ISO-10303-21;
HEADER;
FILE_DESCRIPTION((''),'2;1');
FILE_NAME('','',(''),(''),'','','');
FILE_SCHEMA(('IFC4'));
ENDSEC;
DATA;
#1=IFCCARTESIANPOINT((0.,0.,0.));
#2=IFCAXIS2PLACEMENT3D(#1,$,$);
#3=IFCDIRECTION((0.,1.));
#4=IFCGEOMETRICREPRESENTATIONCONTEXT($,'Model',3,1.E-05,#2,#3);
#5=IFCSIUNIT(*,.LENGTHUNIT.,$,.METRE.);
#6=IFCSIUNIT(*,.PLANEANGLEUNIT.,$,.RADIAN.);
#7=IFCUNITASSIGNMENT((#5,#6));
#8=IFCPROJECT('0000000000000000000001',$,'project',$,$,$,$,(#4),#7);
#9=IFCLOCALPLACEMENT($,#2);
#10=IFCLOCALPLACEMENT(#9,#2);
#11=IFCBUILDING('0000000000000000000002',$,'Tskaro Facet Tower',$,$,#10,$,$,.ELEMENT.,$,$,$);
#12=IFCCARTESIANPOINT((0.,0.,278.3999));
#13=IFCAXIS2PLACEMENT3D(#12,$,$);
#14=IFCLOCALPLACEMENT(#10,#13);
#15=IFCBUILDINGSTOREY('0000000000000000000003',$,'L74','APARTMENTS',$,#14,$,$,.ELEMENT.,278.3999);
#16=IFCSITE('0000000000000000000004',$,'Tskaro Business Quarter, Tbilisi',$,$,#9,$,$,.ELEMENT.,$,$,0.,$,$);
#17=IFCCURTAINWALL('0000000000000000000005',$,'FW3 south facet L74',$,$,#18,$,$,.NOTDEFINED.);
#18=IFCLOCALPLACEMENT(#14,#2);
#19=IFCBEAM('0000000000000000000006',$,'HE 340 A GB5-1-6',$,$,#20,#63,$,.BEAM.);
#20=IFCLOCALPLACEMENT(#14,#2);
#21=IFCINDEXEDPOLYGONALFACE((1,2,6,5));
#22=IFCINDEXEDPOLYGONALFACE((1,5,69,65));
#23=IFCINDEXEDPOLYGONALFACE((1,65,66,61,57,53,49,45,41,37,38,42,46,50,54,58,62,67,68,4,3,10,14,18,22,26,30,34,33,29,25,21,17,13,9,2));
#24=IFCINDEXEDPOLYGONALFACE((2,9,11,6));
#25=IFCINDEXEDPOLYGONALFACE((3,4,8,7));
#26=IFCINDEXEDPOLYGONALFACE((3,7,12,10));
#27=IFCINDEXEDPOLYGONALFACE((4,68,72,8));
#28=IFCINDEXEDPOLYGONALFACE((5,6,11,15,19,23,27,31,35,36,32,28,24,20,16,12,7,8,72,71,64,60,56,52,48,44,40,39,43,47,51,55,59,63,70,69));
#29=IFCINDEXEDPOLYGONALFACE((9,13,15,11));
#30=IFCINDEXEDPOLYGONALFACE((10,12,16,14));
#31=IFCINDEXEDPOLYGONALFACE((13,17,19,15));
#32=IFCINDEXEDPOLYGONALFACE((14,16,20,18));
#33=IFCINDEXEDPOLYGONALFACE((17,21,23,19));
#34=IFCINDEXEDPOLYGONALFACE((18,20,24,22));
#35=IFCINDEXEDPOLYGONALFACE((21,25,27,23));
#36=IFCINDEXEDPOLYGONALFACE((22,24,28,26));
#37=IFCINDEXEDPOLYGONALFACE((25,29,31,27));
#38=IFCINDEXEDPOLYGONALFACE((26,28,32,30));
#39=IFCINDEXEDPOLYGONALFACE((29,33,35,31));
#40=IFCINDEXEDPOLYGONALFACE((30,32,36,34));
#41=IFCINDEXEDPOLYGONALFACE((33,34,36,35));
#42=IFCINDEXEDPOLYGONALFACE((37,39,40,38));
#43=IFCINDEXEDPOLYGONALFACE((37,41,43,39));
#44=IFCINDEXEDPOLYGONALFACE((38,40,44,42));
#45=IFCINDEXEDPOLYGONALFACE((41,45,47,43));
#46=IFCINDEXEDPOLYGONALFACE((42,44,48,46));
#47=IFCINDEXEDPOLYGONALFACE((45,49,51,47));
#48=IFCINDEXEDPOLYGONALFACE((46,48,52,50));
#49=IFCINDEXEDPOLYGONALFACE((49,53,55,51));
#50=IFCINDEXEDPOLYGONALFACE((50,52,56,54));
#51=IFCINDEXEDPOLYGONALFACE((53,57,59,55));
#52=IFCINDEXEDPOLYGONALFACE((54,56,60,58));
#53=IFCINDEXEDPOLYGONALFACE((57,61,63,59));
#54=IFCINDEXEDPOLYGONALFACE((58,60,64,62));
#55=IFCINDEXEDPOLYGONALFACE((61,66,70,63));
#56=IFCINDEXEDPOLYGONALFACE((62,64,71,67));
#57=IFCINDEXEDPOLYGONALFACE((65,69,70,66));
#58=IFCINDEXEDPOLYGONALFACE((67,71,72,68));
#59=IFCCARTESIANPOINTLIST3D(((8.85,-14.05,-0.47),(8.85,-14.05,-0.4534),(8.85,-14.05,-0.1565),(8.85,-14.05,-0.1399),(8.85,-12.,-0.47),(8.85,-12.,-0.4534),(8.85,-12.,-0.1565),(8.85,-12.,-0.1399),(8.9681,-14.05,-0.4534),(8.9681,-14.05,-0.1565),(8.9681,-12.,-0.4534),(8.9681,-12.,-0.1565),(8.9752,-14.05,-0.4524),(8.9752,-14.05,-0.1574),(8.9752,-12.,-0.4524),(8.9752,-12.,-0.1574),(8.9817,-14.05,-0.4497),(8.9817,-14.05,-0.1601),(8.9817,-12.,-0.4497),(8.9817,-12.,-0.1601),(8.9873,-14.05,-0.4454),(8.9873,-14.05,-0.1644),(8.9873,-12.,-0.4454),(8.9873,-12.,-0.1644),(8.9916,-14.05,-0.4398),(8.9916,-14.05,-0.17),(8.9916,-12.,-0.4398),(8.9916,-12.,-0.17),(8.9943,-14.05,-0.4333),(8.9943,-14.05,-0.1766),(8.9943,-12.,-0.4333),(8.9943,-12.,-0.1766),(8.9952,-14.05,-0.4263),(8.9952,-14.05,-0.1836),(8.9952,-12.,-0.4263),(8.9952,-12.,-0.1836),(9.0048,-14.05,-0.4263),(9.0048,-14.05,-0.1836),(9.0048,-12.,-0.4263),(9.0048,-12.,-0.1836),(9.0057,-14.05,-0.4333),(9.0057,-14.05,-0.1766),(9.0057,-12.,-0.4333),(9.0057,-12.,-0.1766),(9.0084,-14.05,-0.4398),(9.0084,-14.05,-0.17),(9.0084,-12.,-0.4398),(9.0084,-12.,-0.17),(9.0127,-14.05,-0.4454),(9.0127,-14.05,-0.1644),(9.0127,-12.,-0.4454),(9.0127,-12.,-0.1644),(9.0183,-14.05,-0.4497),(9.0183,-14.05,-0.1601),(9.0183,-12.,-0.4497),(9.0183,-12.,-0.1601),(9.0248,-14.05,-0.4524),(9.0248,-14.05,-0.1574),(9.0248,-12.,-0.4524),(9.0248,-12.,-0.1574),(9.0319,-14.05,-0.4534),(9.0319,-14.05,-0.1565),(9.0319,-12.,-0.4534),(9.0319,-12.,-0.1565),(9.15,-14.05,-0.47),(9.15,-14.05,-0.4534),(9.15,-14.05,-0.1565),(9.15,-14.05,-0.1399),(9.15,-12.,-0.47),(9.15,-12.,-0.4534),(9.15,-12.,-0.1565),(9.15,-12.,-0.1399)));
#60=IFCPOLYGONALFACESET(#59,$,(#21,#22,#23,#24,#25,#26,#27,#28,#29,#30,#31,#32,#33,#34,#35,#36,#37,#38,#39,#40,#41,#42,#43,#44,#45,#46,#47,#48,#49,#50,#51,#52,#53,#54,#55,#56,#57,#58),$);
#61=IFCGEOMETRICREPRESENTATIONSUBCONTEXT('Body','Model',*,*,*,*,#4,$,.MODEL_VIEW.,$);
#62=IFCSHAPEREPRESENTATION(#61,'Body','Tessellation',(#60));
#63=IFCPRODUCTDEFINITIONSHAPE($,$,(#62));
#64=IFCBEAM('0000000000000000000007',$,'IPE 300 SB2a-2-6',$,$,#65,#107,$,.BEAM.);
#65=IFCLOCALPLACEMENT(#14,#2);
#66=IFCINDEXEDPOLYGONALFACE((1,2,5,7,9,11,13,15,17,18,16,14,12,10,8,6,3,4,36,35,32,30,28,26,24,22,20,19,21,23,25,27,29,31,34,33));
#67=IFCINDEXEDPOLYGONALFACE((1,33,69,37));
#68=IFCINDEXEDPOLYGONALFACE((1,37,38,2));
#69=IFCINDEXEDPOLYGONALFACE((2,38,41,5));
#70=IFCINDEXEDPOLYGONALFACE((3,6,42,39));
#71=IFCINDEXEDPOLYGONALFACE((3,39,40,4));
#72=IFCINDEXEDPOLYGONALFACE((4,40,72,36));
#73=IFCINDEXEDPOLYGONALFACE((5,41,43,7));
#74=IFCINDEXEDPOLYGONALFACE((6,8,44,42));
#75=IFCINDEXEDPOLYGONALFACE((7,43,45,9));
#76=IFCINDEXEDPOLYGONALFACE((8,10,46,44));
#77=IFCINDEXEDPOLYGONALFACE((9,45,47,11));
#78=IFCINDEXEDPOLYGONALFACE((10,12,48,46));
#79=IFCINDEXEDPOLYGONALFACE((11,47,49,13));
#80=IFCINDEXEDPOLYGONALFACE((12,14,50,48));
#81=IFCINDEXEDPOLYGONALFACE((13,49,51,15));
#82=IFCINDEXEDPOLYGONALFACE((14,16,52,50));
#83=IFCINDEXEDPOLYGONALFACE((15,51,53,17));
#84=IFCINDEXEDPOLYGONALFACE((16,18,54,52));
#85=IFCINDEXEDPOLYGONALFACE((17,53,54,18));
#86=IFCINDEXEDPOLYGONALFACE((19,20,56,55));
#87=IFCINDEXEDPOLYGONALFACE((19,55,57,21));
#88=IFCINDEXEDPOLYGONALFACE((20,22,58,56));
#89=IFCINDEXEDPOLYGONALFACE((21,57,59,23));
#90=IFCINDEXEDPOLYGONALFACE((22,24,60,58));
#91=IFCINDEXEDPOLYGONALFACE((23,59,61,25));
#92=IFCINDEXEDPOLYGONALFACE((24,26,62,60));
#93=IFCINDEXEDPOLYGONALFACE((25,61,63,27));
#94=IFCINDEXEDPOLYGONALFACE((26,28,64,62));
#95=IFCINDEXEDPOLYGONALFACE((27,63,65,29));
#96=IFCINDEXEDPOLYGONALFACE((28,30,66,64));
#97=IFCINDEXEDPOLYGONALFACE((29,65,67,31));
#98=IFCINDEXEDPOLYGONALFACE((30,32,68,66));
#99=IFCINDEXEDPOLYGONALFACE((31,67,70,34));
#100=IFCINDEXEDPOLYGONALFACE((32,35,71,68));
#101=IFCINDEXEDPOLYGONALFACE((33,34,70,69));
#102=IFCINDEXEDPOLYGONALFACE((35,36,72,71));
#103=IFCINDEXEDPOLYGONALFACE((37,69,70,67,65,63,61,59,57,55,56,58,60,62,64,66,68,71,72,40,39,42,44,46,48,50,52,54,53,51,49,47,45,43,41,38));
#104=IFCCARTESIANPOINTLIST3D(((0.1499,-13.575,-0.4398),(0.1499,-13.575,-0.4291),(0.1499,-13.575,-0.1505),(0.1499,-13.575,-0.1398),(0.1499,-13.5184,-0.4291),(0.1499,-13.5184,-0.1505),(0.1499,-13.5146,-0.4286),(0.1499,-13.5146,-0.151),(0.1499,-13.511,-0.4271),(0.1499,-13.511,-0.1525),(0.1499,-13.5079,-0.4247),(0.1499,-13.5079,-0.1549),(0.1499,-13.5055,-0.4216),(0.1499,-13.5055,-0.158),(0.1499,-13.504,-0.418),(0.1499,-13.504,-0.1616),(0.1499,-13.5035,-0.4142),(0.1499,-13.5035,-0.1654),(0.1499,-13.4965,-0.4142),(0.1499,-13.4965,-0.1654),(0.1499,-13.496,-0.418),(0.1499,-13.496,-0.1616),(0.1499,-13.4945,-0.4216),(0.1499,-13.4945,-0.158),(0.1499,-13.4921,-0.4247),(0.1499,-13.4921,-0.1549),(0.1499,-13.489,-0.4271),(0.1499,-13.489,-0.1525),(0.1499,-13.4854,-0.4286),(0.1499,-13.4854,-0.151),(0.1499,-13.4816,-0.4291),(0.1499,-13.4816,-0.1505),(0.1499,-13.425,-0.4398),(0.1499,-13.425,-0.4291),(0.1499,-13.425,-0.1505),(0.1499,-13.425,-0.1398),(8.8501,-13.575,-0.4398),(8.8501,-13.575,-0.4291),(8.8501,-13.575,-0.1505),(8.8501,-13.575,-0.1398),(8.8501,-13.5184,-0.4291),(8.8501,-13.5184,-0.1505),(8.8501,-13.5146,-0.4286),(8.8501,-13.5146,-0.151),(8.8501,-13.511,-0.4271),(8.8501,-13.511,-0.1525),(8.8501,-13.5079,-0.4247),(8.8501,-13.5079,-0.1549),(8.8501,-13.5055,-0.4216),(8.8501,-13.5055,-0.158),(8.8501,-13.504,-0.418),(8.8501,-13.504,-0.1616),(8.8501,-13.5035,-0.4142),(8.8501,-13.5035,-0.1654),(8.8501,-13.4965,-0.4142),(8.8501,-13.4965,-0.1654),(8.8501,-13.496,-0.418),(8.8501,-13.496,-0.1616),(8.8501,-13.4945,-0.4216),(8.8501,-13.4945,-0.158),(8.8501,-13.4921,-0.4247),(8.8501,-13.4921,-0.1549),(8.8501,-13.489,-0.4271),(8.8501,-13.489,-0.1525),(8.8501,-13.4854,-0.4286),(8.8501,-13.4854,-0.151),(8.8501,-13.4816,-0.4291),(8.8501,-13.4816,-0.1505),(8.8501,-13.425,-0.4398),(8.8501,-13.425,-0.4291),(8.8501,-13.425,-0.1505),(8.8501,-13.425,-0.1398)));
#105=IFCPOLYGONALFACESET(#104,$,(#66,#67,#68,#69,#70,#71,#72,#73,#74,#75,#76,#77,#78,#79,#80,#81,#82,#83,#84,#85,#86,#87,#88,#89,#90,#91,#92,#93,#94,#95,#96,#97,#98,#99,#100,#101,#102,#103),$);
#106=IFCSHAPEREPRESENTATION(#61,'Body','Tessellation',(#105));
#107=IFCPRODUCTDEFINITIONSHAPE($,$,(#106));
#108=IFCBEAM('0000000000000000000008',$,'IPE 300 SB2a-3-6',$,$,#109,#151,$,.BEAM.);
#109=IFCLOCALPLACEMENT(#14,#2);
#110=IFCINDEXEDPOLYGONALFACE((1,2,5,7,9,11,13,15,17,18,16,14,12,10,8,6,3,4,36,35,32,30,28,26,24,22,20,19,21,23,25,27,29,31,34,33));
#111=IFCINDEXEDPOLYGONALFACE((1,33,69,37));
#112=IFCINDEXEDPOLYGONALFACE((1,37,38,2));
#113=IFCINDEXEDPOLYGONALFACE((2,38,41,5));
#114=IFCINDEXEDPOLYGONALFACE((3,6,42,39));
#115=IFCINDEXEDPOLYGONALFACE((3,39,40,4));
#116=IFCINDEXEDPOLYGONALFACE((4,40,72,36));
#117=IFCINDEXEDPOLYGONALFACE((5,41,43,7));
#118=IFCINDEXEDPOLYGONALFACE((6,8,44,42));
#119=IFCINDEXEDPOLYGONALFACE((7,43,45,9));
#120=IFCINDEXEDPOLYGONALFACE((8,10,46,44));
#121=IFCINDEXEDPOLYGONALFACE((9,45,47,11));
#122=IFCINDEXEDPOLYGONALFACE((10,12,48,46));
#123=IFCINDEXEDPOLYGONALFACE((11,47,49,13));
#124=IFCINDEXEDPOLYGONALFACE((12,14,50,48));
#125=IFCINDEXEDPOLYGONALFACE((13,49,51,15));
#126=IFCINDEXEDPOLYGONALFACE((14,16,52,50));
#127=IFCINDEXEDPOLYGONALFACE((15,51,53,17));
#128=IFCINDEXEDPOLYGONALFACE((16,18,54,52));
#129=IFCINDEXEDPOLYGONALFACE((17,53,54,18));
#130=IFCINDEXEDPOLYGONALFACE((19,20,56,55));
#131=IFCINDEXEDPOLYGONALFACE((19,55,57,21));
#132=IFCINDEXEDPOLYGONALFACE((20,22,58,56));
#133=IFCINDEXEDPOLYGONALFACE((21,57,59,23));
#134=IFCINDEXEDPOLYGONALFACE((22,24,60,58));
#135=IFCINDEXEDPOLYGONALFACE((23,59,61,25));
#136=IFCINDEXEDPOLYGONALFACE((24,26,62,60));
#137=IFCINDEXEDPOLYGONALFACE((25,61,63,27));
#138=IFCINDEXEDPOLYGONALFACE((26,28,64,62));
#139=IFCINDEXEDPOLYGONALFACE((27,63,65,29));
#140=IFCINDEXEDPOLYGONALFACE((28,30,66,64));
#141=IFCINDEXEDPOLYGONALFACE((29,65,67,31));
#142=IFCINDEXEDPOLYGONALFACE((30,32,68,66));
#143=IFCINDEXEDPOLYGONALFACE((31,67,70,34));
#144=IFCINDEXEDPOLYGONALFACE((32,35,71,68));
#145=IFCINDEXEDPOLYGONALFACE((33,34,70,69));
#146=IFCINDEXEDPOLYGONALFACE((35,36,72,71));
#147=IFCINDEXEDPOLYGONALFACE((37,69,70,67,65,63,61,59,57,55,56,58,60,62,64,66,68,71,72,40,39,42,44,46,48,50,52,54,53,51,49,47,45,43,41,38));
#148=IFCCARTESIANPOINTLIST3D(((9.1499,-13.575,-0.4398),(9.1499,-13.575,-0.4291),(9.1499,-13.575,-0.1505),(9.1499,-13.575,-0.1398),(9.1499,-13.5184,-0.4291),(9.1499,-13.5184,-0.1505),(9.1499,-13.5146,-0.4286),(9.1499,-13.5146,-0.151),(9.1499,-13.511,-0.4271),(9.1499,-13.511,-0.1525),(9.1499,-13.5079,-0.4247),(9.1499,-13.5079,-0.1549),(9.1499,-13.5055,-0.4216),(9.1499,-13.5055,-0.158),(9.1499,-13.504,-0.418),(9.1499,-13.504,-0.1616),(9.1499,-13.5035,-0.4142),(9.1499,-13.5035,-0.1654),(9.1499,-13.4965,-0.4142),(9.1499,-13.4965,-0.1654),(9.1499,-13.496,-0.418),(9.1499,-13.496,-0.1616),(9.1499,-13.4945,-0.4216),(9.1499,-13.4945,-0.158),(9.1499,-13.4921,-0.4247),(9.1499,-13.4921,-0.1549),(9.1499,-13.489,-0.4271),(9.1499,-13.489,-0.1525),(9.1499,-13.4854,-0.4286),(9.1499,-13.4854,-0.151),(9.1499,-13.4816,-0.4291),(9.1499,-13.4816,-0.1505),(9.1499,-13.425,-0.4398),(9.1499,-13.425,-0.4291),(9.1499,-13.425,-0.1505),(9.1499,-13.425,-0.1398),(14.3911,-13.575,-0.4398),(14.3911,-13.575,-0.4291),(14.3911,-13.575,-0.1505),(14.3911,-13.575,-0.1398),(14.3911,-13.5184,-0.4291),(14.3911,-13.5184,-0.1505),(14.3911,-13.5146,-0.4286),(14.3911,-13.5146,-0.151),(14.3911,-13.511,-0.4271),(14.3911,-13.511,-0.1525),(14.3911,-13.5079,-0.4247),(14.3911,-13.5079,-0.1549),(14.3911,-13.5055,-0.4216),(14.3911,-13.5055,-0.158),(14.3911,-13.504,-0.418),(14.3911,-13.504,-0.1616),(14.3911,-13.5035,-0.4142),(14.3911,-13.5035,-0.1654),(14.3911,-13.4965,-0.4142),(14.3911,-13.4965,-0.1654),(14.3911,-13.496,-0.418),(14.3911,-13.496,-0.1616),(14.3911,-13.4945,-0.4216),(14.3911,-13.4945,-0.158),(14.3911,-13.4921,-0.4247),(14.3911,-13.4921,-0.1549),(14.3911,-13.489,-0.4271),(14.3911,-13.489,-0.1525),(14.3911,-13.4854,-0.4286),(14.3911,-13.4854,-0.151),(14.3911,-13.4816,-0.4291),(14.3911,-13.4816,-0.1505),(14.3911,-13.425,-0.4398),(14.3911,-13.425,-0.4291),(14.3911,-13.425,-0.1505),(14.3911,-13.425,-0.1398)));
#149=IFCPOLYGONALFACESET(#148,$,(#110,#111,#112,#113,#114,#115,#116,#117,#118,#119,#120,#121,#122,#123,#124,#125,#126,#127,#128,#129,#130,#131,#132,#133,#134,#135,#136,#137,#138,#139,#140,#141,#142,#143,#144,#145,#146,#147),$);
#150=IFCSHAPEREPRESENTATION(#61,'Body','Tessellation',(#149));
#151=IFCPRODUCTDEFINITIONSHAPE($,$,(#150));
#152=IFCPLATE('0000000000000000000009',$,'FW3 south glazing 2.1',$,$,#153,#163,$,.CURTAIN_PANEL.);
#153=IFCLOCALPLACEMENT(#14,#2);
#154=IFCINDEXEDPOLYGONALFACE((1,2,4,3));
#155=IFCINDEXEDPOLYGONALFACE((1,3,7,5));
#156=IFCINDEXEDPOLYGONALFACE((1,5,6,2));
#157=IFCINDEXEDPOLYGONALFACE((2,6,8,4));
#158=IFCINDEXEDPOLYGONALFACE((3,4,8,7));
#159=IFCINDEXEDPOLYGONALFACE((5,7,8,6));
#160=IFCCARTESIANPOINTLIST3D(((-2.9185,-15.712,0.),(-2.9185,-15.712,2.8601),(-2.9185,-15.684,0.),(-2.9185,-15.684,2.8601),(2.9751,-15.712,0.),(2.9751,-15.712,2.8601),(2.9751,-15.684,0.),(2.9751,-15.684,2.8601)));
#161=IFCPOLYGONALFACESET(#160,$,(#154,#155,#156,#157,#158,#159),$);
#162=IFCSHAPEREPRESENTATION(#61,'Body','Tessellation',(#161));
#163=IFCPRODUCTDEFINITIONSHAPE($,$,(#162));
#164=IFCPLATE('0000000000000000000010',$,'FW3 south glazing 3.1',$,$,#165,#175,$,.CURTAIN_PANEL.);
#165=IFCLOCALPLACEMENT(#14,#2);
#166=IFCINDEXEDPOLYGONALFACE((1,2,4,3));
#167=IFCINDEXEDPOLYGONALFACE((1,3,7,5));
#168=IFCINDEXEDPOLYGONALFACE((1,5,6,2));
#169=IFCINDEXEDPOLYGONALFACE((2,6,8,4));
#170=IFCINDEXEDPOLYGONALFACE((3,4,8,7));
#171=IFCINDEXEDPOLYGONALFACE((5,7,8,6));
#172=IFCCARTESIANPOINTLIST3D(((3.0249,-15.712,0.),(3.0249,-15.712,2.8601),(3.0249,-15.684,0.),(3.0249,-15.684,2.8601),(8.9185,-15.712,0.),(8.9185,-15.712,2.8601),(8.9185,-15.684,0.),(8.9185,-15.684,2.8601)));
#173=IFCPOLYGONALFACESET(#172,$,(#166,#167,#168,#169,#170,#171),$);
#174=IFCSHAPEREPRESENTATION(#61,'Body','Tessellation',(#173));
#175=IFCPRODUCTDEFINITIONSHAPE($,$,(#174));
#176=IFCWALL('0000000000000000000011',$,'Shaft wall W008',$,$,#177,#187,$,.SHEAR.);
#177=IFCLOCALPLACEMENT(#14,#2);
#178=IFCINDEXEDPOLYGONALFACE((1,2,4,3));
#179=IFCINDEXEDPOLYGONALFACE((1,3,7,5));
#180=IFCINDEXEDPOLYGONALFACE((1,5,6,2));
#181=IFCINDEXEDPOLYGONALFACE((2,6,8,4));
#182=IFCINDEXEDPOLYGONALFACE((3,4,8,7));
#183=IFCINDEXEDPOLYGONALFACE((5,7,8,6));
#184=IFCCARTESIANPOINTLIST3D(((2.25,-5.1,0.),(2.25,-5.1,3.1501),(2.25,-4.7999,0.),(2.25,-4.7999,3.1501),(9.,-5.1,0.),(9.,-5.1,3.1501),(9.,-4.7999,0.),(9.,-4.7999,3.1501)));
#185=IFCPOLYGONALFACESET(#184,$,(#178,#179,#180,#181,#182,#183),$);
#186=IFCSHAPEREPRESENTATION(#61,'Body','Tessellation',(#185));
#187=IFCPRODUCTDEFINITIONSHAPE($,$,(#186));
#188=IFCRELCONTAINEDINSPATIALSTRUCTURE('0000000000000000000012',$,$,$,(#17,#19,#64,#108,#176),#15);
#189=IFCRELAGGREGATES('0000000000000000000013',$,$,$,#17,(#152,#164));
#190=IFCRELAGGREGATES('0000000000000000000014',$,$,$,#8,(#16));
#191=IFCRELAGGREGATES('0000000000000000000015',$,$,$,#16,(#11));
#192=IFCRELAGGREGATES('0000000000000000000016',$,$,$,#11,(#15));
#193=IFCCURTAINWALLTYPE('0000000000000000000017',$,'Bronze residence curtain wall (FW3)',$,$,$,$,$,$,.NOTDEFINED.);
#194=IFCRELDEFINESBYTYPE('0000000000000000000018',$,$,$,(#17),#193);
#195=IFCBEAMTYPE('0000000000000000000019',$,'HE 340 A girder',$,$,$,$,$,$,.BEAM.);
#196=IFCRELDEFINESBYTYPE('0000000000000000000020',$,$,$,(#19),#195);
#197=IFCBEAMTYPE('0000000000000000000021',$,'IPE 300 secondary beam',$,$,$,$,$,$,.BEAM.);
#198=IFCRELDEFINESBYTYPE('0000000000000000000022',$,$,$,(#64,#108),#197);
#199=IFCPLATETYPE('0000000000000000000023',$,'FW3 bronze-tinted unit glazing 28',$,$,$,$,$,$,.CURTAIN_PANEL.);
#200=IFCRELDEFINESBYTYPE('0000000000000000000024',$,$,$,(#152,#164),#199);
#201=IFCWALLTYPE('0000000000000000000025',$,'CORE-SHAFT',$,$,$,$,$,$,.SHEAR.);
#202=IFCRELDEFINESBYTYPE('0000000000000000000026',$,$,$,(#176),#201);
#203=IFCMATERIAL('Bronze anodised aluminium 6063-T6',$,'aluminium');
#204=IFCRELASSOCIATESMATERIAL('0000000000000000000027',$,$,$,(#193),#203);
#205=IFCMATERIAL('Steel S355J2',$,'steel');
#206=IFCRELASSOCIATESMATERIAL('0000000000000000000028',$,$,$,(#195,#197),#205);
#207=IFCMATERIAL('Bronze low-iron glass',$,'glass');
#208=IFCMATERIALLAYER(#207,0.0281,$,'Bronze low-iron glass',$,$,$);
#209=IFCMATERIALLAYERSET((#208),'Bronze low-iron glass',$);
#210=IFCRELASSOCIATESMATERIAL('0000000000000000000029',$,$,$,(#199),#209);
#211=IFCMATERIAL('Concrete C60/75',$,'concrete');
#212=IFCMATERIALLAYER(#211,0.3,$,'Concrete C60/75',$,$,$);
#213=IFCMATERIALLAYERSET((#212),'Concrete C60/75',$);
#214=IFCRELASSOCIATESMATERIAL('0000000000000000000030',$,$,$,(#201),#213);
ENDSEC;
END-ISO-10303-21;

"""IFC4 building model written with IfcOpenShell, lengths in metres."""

from ifc_helpers import new_model, si_unit, direction, frame, frame_2d, origin, origin_2d, place, context, subcontext, project, spatial, rectangle, i_section, extrude, material, layer, layer_set, material_profile, profile_set, type_object, element, aggregate, save


model = new_model("IFC4")

# Units and contexts
model_context = context("Model", 3, precision=1e-05, world=origin(), true_north=direction((0.0, 1.0)))
body_context = subcontext(model_context, "Body", "Model", "MODEL_VIEW")
ifc_project = project(units=[si_unit("LENGTHUNIT", "METRE"), si_unit("PLANEANGLEUNIT", "RADIAN")], contexts=[model_context])

# Site, building, storey
site_placement = place(None, origin())
site = spatial("IfcSite", under=ifc_project, at=site_placement, Name="Tskaro Business Quarter, Tbilisi", CompositionType="ELEMENT", RefElevation=0.0)
building_placement = place(site_placement, origin())
building = spatial("IfcBuilding", under=site, at=building_placement, Name="Tskaro Facet Tower", CompositionType="ELEMENT")
storey_placement = place(building_placement, frame((0.0, 0.0, 278.3999)))
storey = spatial("IfcBuildingStorey", under=building, at=storey_placement, Name="L74", Description="APARTMENTS", CompositionType="ELEMENT", Elevation=278.3999)

# Shared definitions
ifc_material_1 = material(Name="Steel S355J2", Category="steel")

# Curtain wall
ifc_material_2 = material(Name="Bronze anodised aluminium 6063-T6", Category="aluminium")
curtain_wall_type = type_object("IfcCurtainWallType", Name="Bronze residence curtain wall (FW3)", PredefinedType="NOTDEFINED", material=ifc_material_2)
curtain_wall_placement = place(storey_placement, origin())
curtain_wall = element("IfcCurtainWall", 1, at=curtain_wall_placement, inside=storey, type_object=curtain_wall_type, Name="FW3 south facet L74", PredefinedType="NOTDEFINED")

# Beams
ifc_material_profile_1 = material_profile(ifc_material_1, i_section(OverallWidth=0.3, OverallDepth=0.3301, WebThickness=0.0095, FlangeThickness=0.0166, FilletRadius=0.0271, at=origin_2d()), Name="HE 340 A")
ifc_profile_set_1 = profile_set([ifc_material_profile_1], Name="Steel S355J2")
beam_type_1 = type_object("IfcBeamType", Name="HE 340 A girder", PredefinedType="BEAM", material=ifc_profile_set_1)
beam_1_placement = place(storey_placement, frame((9.0, -14.05, -0.3049), z_axis=(0.0, 1.0, 0.0), x_axis=(-1.0, 0.0, 0.0)))
element("IfcBeam", 2, at=beam_1_placement, inside=storey, type_object=beam_type_1, Name="HE 340 A GB5-1-6", PredefinedType="BEAM", context=body_context, shape_type="SweptSolid", body=[
    extrude(i_section(OverallWidth=0.3, OverallDepth=0.3301, WebThickness=0.0095, FlangeThickness=0.0166, FilletRadius=0.0271, at=origin_2d()), origin(), (0.0, 0.0, 1.0), 2.05),
])
ifc_material_profile_2 = material_profile(ifc_material_1, i_section(OverallWidth=0.1499, OverallDepth=0.3, WebThickness=0.0071, FlangeThickness=0.0107, FilletRadius=0.0149, at=origin_2d()), Name="IPE 300")
ifc_profile_set_2 = profile_set([ifc_material_profile_2], Name="Steel S355J2")
beam_type_2 = type_object("IfcBeamType", Name="IPE 300 secondary beam", PredefinedType="BEAM", material=ifc_profile_set_2)
beam_2_placement = place(storey_placement, frame((0.1499, -13.5, -0.2898), z_axis=(1.0, 0.0, 0.0), x_axis=(0.0, 1.0, 0.0)))
element("IfcBeam", 3, at=beam_2_placement, inside=storey, type_object=beam_type_2, Name="IPE 300 SB2a-2-6", PredefinedType="BEAM", context=body_context, shape_type="SweptSolid", body=[
    extrude(i_section(OverallWidth=0.1499, OverallDepth=0.3, WebThickness=0.0071, FlangeThickness=0.0107, FilletRadius=0.0149, at=origin_2d()), origin(), (0.0, 0.0, 1.0), 8.7002),
])
beam_3_placement = place(storey_placement, frame((9.1499, -13.5, -0.2898), z_axis=(1.0, 0.0, 0.0), x_axis=(0.0, 1.0, 0.0)))
element("IfcBeam", 4, at=beam_3_placement, inside=storey, type_object=beam_type_2, Name="IPE 300 SB2a-3-6", PredefinedType="BEAM", context=body_context, shape_type="SweptSolid", body=[
    extrude(i_section(OverallWidth=0.1499, OverallDepth=0.3, WebThickness=0.0071, FlangeThickness=0.0107, FilletRadius=0.0149, at=origin_2d()), origin(), (0.0, 0.0, 1.0), 5.2412),
])

# Plates
ifc_material_3 = material(Name="Bronze low-iron glass", Category="glass")
ifc_layer_1 = layer(ifc_material_3, 0.0281, Name="Bronze low-iron glass")
ifc_layer_set_1 = layer_set([ifc_layer_1], Name="Bronze low-iron glass")
plate_type = type_object("IfcPlateType", Name="FW3 bronze-tinted unit glazing 28", PredefinedType="CURTAIN_PANEL", material=ifc_layer_set_1)
plate_1_placement = place(storey_placement, frame((0.0283, -15.698, 0.0), z_axis=(0.0, 0.0, 1.0), x_axis=(1.0, 0.0, 0.0)))
plate_1 = element("IfcPlate", 5, at=plate_1_placement, type_object=plate_type, Name="FW3 south glazing 2.1", PredefinedType="CURTAIN_PANEL", context=body_context, shape_type="SweptSolid", body=[
    extrude(rectangle(XDim=5.8936, YDim=0.0281, at=origin_2d()), origin(), (0.0, 0.0, 1.0), 2.8601),
])
plate_2_placement = place(storey_placement, frame((5.9717, -15.698, 0.0), z_axis=(0.0, 0.0, 1.0), x_axis=(1.0, 0.0, 0.0)))
plate_2 = element("IfcPlate", 6, at=plate_2_placement, type_object=plate_type, Name="FW3 south glazing 3.1", PredefinedType="CURTAIN_PANEL", context=body_context, shape_type="SweptSolid", body=[
    extrude(rectangle(XDim=5.8936, YDim=0.0281, at=origin_2d()), origin(), (0.0, 0.0, 1.0), 2.8601),
])
aggregate(curtain_wall, [plate_1, plate_2])

# Wall
ifc_material_4 = material(Name="Concrete C60/75", Category="concrete")
ifc_layer_2 = layer(ifc_material_4, 0.3, Name="Concrete C60/75")
ifc_layer_set_2 = layer_set([ifc_layer_2], Name="Concrete C60/75")
wall_type_1 = type_object("IfcWallType", Name="CORE-SHAFT", PredefinedType="SHEAR", material=ifc_layer_set_2)
wall_1_placement = place(storey_placement, frame((2.25, -4.95, 0.0), z_axis=(0.0, 0.0, 1.0), x_axis=(1.0, 0.0, 0.0)))
element("IfcWall", 7, at=wall_1_placement, inside=storey, type_object=wall_type_1, Name="Shaft wall W008", PredefinedType="SHEAR", context=body_context, shape_type="SweptSolid", body=[
    extrude(rectangle(XDim=6.75, YDim=0.3, at=frame_2d((3.375, 0.0))), origin(), (0.0, 0.0, 1.0), 3.1501),
])

save(model, "model.ifc")
